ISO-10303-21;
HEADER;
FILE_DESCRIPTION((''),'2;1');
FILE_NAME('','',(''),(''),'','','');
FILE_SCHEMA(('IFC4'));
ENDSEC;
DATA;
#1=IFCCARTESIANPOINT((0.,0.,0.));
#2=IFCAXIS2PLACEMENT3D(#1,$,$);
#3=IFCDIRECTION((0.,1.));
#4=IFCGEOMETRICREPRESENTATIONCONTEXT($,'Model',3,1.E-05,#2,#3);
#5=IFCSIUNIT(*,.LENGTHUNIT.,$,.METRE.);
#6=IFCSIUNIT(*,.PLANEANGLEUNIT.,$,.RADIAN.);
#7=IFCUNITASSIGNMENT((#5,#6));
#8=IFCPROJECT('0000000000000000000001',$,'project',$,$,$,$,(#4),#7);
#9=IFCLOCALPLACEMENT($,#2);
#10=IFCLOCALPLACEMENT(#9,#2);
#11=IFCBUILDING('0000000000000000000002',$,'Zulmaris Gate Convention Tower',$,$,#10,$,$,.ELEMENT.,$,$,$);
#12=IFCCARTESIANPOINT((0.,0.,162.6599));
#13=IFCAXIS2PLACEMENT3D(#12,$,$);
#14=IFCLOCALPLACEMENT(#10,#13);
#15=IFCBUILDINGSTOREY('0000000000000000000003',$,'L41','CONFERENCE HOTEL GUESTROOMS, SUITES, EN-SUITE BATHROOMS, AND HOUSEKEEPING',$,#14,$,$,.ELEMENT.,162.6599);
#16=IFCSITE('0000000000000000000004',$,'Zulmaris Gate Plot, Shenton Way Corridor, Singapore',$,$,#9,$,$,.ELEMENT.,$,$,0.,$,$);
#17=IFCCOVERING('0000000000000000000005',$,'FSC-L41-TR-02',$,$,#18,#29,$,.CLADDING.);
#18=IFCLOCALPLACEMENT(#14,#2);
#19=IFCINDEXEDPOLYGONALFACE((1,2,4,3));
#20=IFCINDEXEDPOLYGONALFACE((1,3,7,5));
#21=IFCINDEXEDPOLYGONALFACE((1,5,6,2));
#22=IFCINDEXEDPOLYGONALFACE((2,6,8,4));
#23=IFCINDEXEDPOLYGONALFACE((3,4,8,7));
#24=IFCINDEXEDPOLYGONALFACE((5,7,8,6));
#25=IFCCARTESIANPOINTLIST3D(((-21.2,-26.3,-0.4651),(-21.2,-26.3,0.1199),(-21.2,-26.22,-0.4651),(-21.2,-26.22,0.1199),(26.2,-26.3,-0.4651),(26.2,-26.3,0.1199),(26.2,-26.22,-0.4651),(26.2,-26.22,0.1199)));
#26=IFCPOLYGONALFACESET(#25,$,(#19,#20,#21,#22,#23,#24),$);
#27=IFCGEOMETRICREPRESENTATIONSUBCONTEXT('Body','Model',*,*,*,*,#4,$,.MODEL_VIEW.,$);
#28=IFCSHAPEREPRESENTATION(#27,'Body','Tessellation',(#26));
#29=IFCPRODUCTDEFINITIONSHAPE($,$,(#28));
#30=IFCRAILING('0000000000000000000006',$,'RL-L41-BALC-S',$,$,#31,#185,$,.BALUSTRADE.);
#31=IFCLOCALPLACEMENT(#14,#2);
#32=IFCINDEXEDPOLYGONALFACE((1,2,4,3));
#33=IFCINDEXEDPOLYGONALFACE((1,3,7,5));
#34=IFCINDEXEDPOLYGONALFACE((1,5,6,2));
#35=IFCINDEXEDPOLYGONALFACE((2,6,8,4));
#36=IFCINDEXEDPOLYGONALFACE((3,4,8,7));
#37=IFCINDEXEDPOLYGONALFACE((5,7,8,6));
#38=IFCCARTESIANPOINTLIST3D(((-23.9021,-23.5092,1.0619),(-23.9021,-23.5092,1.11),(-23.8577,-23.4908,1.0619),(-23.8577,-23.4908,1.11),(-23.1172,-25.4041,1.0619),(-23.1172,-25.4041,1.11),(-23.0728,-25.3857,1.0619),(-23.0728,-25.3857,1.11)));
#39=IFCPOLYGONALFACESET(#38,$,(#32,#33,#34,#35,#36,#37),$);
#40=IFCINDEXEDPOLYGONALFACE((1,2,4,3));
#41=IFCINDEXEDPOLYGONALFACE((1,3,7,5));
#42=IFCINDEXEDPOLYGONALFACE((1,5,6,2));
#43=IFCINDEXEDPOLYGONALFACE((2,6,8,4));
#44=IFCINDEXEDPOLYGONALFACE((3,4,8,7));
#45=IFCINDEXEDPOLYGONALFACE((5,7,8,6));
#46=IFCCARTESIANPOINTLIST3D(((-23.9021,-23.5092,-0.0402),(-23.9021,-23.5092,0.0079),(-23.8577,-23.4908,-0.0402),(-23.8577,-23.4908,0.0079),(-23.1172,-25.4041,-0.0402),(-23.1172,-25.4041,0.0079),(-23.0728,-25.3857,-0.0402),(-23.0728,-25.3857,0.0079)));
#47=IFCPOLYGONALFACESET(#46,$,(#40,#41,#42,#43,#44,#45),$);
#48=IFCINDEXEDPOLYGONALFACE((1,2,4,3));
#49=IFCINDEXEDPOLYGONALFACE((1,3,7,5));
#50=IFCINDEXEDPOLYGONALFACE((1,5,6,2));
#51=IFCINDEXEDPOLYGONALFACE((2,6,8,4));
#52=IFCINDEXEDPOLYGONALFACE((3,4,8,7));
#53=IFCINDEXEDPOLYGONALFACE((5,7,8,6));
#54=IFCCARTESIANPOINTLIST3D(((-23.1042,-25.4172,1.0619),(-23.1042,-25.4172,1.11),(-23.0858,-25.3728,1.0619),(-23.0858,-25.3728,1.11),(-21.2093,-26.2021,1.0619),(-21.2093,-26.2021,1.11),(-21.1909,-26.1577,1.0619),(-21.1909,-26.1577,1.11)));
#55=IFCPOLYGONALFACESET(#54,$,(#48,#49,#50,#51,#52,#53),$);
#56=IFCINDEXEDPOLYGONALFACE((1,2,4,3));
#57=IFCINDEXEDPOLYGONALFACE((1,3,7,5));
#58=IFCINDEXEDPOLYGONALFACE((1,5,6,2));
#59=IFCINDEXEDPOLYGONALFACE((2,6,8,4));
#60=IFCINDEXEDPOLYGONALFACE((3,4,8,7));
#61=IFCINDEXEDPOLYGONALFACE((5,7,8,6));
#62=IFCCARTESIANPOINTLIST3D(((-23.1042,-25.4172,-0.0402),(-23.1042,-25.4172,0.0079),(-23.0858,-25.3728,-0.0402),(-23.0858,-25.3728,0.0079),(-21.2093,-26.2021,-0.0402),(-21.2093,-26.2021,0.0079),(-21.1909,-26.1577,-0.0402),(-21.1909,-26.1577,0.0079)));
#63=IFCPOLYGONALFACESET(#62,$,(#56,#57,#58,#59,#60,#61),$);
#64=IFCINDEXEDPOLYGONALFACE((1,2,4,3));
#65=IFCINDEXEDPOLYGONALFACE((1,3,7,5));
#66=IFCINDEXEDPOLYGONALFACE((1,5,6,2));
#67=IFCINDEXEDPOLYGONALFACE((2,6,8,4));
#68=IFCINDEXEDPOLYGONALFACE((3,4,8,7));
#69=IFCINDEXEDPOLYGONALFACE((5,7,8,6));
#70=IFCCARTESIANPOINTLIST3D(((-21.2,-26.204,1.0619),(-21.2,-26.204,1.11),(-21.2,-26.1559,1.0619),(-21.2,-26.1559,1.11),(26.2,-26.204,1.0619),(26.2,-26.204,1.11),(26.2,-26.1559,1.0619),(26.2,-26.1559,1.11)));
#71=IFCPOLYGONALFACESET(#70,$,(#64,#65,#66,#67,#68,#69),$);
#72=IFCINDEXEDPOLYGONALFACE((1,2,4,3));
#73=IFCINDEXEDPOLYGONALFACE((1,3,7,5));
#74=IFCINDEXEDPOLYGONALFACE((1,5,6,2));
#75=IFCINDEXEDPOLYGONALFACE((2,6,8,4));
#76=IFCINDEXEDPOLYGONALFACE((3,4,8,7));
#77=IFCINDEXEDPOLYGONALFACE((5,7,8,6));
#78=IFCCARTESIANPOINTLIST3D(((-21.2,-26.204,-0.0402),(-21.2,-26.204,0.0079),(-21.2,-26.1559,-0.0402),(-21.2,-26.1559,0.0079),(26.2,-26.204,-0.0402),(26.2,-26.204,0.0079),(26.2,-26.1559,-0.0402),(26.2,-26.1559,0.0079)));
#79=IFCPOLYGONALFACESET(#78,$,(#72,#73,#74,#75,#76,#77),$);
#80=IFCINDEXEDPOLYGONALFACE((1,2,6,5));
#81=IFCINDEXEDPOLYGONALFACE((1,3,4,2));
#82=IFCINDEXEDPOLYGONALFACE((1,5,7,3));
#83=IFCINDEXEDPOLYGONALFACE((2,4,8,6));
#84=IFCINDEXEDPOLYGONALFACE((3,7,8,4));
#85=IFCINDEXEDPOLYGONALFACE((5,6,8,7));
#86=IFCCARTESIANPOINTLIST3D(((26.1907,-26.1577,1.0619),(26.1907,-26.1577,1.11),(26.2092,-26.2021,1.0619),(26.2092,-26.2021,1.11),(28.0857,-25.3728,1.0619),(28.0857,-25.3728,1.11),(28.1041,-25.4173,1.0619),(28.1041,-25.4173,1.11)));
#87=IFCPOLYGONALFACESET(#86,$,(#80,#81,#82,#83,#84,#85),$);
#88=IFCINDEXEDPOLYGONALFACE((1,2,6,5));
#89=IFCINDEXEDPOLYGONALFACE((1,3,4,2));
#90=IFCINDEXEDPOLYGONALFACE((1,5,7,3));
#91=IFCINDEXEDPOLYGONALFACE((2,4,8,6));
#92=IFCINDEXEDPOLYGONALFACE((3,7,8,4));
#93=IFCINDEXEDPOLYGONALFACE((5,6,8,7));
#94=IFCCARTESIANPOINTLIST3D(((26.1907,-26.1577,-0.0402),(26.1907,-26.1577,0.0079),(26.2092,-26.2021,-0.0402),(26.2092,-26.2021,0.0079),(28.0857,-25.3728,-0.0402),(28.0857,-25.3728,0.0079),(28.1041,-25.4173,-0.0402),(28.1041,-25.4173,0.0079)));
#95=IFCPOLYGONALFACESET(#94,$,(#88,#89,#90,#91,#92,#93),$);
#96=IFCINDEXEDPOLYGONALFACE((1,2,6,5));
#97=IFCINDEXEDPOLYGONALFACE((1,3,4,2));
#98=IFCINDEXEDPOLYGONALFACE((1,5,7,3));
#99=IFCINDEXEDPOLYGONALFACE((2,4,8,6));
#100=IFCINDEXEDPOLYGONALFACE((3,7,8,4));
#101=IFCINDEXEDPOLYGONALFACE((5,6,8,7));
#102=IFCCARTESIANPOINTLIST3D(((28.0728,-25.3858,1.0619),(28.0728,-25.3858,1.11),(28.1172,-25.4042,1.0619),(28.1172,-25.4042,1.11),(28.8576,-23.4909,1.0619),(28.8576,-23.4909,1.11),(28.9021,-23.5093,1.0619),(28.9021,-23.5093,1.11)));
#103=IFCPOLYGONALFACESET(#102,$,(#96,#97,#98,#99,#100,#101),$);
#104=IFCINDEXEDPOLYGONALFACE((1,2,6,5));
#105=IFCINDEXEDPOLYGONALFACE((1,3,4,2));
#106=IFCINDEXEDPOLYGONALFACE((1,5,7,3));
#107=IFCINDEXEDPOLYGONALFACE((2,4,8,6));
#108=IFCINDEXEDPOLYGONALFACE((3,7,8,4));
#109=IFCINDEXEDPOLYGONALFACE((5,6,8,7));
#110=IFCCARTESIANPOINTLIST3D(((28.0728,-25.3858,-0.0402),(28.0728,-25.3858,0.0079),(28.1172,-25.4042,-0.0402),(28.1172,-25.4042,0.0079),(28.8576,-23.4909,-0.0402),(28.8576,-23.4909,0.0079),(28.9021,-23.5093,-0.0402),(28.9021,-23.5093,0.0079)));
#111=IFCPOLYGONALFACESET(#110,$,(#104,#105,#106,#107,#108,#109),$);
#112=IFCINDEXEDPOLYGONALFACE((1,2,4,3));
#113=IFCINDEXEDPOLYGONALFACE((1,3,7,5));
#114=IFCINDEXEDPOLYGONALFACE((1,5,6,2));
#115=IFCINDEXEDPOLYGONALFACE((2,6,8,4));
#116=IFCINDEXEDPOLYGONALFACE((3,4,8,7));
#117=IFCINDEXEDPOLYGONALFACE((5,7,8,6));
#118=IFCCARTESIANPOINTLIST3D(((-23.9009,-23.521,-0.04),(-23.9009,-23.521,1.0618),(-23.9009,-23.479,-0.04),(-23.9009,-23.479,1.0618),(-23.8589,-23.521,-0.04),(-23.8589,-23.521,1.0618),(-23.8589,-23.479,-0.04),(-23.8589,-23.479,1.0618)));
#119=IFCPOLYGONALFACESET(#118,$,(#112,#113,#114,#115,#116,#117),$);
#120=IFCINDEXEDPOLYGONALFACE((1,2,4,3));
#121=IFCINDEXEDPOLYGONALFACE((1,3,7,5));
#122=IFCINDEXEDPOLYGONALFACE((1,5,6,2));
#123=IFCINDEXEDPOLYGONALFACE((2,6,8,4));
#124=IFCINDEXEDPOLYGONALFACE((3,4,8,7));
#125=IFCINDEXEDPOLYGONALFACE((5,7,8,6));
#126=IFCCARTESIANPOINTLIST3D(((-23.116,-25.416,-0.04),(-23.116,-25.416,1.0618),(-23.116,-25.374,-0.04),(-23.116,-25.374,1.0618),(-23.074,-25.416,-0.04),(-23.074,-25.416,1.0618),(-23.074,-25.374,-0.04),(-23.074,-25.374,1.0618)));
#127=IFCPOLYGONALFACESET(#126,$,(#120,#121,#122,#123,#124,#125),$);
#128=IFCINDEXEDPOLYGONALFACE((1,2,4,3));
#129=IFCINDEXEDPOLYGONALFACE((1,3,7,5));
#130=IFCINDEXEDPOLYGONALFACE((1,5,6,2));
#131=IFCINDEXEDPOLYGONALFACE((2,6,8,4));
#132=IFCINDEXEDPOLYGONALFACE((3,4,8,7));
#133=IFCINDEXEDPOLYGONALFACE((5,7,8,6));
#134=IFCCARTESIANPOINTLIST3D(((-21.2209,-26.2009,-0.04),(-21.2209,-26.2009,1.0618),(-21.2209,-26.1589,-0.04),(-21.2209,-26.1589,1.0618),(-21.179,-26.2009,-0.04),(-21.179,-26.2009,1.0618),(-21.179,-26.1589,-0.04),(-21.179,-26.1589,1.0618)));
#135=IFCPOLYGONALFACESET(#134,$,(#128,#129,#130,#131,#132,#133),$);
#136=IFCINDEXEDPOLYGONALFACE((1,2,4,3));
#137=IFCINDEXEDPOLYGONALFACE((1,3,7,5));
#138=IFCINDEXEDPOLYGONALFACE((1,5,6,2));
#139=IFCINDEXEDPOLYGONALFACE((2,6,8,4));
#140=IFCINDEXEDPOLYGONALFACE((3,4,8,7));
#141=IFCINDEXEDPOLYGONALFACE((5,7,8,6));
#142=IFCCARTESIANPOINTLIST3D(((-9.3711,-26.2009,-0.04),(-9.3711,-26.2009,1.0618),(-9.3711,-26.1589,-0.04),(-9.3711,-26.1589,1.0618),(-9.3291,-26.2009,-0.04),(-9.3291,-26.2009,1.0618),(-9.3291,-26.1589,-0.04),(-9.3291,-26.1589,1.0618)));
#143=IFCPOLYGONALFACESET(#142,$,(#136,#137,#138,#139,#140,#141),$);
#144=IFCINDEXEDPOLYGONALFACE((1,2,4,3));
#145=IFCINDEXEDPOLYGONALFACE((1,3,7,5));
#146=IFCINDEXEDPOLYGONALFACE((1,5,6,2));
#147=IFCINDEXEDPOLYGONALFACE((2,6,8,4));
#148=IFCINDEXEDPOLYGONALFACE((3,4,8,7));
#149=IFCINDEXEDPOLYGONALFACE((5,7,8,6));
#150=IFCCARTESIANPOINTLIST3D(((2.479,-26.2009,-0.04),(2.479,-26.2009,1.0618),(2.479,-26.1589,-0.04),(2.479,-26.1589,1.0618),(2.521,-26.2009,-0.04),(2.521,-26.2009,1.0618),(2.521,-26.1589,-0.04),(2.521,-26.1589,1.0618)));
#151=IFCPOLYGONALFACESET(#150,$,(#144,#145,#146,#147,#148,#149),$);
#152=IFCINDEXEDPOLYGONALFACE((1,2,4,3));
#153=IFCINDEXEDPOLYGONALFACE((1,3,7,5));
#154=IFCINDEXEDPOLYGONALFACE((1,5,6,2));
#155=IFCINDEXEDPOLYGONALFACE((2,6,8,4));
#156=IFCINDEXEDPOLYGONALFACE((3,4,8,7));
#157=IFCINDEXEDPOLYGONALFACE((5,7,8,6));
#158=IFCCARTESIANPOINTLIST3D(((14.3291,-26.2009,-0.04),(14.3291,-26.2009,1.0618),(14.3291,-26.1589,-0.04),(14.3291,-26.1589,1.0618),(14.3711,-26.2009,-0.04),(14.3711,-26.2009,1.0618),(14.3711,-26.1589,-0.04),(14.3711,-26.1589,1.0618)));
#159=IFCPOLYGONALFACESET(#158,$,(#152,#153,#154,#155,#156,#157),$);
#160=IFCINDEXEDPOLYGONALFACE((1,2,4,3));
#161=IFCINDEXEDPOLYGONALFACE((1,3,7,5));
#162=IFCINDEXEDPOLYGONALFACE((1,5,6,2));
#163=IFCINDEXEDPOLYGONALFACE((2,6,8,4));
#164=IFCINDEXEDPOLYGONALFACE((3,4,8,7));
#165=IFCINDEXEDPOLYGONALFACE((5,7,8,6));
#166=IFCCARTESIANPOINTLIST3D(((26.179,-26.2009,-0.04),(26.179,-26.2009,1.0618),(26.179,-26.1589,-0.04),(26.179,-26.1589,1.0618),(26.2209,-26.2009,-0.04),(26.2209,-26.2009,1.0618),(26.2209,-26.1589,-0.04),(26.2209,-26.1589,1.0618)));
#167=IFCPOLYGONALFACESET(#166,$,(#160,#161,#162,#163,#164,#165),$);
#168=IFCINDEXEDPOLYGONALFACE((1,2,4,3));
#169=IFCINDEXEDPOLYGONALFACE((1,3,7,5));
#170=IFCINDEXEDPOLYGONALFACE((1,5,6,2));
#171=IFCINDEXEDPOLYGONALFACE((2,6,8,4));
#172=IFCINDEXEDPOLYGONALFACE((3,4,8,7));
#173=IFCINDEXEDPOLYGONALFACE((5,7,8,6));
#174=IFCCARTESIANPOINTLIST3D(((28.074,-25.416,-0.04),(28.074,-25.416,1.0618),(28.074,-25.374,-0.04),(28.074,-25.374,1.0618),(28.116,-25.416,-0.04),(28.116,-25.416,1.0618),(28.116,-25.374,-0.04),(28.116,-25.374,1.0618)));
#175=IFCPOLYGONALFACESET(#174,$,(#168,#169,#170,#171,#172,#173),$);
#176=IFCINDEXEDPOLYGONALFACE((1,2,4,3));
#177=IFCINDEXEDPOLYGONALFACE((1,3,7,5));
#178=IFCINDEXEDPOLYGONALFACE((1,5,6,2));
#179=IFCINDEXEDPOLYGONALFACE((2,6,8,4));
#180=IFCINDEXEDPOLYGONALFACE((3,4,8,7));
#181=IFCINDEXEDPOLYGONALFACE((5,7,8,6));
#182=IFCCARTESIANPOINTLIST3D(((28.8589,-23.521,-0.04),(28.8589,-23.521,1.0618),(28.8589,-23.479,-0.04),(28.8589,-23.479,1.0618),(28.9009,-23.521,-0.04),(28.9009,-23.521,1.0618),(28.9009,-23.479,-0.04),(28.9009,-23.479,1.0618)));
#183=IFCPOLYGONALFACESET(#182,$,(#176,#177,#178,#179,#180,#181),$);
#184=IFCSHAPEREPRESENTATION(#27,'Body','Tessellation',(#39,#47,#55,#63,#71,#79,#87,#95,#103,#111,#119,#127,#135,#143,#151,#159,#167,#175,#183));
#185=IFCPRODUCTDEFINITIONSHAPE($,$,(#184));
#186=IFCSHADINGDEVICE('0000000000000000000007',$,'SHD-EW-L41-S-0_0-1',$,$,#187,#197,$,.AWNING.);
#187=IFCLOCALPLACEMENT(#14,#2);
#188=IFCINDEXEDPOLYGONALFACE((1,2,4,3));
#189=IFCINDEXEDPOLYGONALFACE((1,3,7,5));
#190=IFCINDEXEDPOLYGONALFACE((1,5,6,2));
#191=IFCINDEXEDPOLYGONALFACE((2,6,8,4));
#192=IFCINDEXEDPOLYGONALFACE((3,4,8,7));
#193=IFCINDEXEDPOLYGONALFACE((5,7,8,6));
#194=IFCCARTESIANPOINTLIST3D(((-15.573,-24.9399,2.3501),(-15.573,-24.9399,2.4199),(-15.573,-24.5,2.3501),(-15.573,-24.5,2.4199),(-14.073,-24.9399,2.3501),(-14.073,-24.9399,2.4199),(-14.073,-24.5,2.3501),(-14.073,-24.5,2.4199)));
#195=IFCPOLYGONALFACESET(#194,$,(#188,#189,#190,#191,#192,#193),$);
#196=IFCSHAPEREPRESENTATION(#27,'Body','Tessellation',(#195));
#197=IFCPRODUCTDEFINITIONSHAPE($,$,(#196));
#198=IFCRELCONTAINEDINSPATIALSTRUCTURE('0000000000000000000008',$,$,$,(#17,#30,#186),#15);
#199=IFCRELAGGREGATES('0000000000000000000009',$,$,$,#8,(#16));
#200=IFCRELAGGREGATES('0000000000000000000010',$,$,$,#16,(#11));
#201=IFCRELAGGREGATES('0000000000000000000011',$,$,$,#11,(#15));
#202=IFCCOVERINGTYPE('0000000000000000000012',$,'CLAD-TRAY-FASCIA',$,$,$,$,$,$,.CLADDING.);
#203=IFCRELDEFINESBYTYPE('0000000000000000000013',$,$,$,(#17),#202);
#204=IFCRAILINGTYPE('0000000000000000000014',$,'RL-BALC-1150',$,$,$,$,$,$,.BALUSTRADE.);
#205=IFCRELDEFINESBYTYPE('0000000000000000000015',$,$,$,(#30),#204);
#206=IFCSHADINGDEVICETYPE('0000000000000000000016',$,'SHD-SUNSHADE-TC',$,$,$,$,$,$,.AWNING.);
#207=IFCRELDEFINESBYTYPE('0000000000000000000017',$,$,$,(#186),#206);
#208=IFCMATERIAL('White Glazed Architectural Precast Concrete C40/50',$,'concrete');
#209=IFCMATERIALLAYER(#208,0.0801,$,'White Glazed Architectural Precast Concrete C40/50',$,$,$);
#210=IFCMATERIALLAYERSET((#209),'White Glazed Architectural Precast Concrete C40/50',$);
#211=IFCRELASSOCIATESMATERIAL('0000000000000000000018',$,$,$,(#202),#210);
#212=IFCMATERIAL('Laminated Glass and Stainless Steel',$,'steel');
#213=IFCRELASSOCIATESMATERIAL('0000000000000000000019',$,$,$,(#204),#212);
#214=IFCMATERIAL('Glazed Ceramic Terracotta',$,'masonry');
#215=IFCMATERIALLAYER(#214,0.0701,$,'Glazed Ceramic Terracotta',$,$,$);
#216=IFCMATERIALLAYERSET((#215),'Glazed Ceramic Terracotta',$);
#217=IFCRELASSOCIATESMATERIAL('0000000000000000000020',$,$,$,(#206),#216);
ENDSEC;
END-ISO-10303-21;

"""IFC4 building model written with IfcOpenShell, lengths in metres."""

from ifc_helpers import new_model, si_unit, direction, frame, frame_2d, origin, origin_2d, place, context, subcontext, project, spatial, rectangle, extrude, material, layer, layer_set, type_object, element, save


model = new_model("IFC4")

# Units and contexts
model_context = context("Model", 3, precision=1e-05, world=origin(), true_north=direction((0.0, 1.0)))
body_context = subcontext(model_context, "Body", "Model", "MODEL_VIEW")
ifc_project = project(units=[si_unit("LENGTHUNIT", "METRE"), si_unit("PLANEANGLEUNIT", "RADIAN")], contexts=[model_context])

# Site, building, storey
site_placement = place(None, origin())
site = spatial("IfcSite", under=ifc_project, at=site_placement, Name="Zulmaris Gate Plot, Shenton Way Corridor, Singapore", CompositionType="ELEMENT", RefElevation=0.0)
building_placement = place(site_placement, origin())
building = spatial("IfcBuilding", under=site, at=building_placement, Name="Zulmaris Gate Convention Tower", CompositionType="ELEMENT")
storey_placement = place(building_placement, frame((0.0, 0.0, 162.6599)))
storey = spatial("IfcBuildingStorey", under=building, at=storey_placement, Name="L41", Description="CONFERENCE HOTEL GUESTROOMS, SUITES, EN-SUITE BATHROOMS, AND HOUSEKEEPING", CompositionType="ELEMENT", Elevation=162.6599)

# Covering
ifc_material_1 = material(Name="White Glazed Architectural Precast Concrete C40/50", Category="concrete")
ifc_layer_1 = layer(ifc_material_1, 0.0801, Name="White Glazed Architectural Precast Concrete C40/50")
ifc_layer_set_1 = layer_set([ifc_layer_1], Name="White Glazed Architectural Precast Concrete C40/50")
covering_type_1 = type_object("IfcCoveringType", Name="CLAD-TRAY-FASCIA", PredefinedType="CLADDING", material=ifc_layer_set_1)
covering_1_placement = place(storey_placement, frame((-21.2, -26.26, -0.4651), z_axis=(0.0, 0.0, 1.0), x_axis=(1.0, 0.0, 0.0)))
element("IfcCovering", 1, at=covering_1_placement, inside=storey, type_object=covering_type_1, Name="FSC-L41-TR-02", PredefinedType="CLADDING", context=body_context, shape_type="SweptSolid", body=[
    extrude(rectangle(XDim=47.3999, YDim=0.0801, at=frame_2d((23.7, 0.0))), origin(), (0.0, 0.0, 1.0), 0.585),
])

# Railing
ifc_material_2 = material(Name="Laminated Glass and Stainless Steel", Category="steel")
railing_type = type_object("IfcRailingType", Name="RL-BALC-1150", PredefinedType="BALUSTRADE", material=ifc_material_2)
railing_placement = place(storey_placement, frame((-23.8799, -23.5, -0.04)))
element("IfcRailing", 2, at=railing_placement, inside=storey, type_object=railing_type, Name="RL-L41-BALC-S", PredefinedType="BALUSTRADE", context=body_context, shape_type="SweptSolid", body=[
    extrude(rectangle(XDim=0.0481, YDim=0.0481, at=origin_2d()), frame((0.0, 0.0, 1.126), z_axis=(0.382671, -0.923885, 0.0), x_axis=(0.923885, 0.382671, 0.0)), (0.0, 0.0, 1.0), 2.051),
    extrude(rectangle(XDim=0.0481, YDim=0.0481, at=origin_2d()), frame((0.0, 0.0, 0.0239), z_axis=(0.382671, -0.923885, 0.0), x_axis=(0.923885, 0.382671, 0.0)), (0.0, 0.0, 1.0), 2.051),
    extrude(rectangle(XDim=0.0481, YDim=0.0481, at=origin_2d()), frame((0.7849, -1.895, 1.126), z_axis=(0.923885, -0.382671, 0.0), x_axis=(0.382671, 0.923885, 0.0)), (0.0, 0.0, 1.0), 2.051),
    extrude(rectangle(XDim=0.0481, YDim=0.0481, at=origin_2d()), frame((0.7849, -1.895, 0.0239), z_axis=(0.923885, -0.382671, 0.0), x_axis=(0.382671, 0.923885, 0.0)), (0.0, 0.0, 1.0), 2.051),
    extrude(rectangle(XDim=0.0481, YDim=0.0481, at=origin_2d()), frame((2.6799, -2.6799, 1.126), z_axis=(1.0, 0.0, 0.0), x_axis=(0.0, 1.0, 0.0)), (0.0, 0.0, 1.0), 47.3999),
    extrude(rectangle(XDim=0.0481, YDim=0.0481, at=origin_2d()), frame((2.6799, -2.6799, 0.0239), z_axis=(1.0, 0.0, 0.0), x_axis=(0.0, 1.0, 0.0)), (0.0, 0.0, 1.0), 47.3999),
    extrude(rectangle(XDim=0.0481, YDim=0.0481, at=origin_2d()), frame((50.0798, -2.6799, 1.126), z_axis=(0.923885, 0.382671, 0.0), x_axis=(-0.382671, 0.923885, 0.0)), (0.0, 0.0, 1.0), 2.051),
    extrude(rectangle(XDim=0.0481, YDim=0.0481, at=origin_2d()), frame((50.0798, -2.6799, 0.0239), z_axis=(0.923885, 0.382671, 0.0), x_axis=(-0.382671, 0.923885, 0.0)), (0.0, 0.0, 1.0), 2.051),
    extrude(rectangle(XDim=0.0481, YDim=0.0481, at=origin_2d()), frame((51.9749, -1.895, 1.126), z_axis=(0.382671, 0.923885, 0.0), x_axis=(-0.923885, 0.382671, 0.0)), (0.0, 0.0, 1.0), 2.051),
    extrude(rectangle(XDim=0.0481, YDim=0.0481, at=origin_2d()), frame((51.9749, -1.895, 0.0239), z_axis=(0.382671, 0.923885, 0.0), x_axis=(-0.923885, 0.382671, 0.0)), (0.0, 0.0, 1.0), 2.051),
    extrude(rectangle(XDim=0.042, YDim=0.042, at=origin_2d()), origin(), (0.0, 0.0, 1.0), 1.1018),
    extrude(rectangle(XDim=0.042, YDim=0.042, at=origin_2d()), frame((0.7849, -1.895, 0.0)), (0.0, 0.0, 1.0), 1.1018),
    extrude(rectangle(XDim=0.042, YDim=0.042, at=origin_2d()), frame((2.6799, -2.6799, 0.0)), (0.0, 0.0, 1.0), 1.1018),
    extrude(rectangle(XDim=0.042, YDim=0.042, at=origin_2d()), frame((14.5298, -2.6799, 0.0)), (0.0, 0.0, 1.0), 1.1018),
    extrude(rectangle(XDim=0.042, YDim=0.042, at=origin_2d()), frame((26.3799, -2.6799, 0.0)), (0.0, 0.0, 1.0), 1.1018),
    extrude(rectangle(XDim=0.042, YDim=0.042, at=origin_2d()), frame((38.23, -2.6799, 0.0)), (0.0, 0.0, 1.0), 1.1018),
    extrude(rectangle(XDim=0.042, YDim=0.042, at=origin_2d()), frame((50.0798, -2.6799, 0.0)), (0.0, 0.0, 1.0), 1.1018),
    extrude(rectangle(XDim=0.042, YDim=0.042, at=origin_2d()), frame((51.9749, -1.895, 0.0)), (0.0, 0.0, 1.0), 1.1018),
    extrude(rectangle(XDim=0.042, YDim=0.042, at=origin_2d()), frame((52.7598, 0.0, 0.0)), (0.0, 0.0, 1.0), 1.1018),
])

# Shading device
ifc_material_3 = material(Name="Glazed Ceramic Terracotta", Category="masonry")
ifc_layer_2 = layer(ifc_material_3, 0.0701, Name="Glazed Ceramic Terracotta")
ifc_layer_set_2 = layer_set([ifc_layer_2], Name="Glazed Ceramic Terracotta")
shading_device_type = type_object("IfcShadingDeviceType", Name="SHD-SUNSHADE-TC", PredefinedType="AWNING", material=ifc_layer_set_2)
shading_device_placement = place(storey_placement, frame((-15.573, -24.72, 2.3501), z_axis=(0.0, 0.0, 1.0), x_axis=(1.0, 0.0, 0.0)))
element("IfcShadingDevice", 3, at=shading_device_placement, inside=storey, type_object=shading_device_type, Name="SHD-EW-L41-S-0_0-1", PredefinedType="AWNING", context=body_context, shape_type="SweptSolid", body=[
    extrude(rectangle(XDim=1.5, YDim=0.4399, at=frame_2d((0.75, 0.0))), origin(), (0.0, 0.0, 1.0), 0.0698),
])

save(model, "model.ifc")
